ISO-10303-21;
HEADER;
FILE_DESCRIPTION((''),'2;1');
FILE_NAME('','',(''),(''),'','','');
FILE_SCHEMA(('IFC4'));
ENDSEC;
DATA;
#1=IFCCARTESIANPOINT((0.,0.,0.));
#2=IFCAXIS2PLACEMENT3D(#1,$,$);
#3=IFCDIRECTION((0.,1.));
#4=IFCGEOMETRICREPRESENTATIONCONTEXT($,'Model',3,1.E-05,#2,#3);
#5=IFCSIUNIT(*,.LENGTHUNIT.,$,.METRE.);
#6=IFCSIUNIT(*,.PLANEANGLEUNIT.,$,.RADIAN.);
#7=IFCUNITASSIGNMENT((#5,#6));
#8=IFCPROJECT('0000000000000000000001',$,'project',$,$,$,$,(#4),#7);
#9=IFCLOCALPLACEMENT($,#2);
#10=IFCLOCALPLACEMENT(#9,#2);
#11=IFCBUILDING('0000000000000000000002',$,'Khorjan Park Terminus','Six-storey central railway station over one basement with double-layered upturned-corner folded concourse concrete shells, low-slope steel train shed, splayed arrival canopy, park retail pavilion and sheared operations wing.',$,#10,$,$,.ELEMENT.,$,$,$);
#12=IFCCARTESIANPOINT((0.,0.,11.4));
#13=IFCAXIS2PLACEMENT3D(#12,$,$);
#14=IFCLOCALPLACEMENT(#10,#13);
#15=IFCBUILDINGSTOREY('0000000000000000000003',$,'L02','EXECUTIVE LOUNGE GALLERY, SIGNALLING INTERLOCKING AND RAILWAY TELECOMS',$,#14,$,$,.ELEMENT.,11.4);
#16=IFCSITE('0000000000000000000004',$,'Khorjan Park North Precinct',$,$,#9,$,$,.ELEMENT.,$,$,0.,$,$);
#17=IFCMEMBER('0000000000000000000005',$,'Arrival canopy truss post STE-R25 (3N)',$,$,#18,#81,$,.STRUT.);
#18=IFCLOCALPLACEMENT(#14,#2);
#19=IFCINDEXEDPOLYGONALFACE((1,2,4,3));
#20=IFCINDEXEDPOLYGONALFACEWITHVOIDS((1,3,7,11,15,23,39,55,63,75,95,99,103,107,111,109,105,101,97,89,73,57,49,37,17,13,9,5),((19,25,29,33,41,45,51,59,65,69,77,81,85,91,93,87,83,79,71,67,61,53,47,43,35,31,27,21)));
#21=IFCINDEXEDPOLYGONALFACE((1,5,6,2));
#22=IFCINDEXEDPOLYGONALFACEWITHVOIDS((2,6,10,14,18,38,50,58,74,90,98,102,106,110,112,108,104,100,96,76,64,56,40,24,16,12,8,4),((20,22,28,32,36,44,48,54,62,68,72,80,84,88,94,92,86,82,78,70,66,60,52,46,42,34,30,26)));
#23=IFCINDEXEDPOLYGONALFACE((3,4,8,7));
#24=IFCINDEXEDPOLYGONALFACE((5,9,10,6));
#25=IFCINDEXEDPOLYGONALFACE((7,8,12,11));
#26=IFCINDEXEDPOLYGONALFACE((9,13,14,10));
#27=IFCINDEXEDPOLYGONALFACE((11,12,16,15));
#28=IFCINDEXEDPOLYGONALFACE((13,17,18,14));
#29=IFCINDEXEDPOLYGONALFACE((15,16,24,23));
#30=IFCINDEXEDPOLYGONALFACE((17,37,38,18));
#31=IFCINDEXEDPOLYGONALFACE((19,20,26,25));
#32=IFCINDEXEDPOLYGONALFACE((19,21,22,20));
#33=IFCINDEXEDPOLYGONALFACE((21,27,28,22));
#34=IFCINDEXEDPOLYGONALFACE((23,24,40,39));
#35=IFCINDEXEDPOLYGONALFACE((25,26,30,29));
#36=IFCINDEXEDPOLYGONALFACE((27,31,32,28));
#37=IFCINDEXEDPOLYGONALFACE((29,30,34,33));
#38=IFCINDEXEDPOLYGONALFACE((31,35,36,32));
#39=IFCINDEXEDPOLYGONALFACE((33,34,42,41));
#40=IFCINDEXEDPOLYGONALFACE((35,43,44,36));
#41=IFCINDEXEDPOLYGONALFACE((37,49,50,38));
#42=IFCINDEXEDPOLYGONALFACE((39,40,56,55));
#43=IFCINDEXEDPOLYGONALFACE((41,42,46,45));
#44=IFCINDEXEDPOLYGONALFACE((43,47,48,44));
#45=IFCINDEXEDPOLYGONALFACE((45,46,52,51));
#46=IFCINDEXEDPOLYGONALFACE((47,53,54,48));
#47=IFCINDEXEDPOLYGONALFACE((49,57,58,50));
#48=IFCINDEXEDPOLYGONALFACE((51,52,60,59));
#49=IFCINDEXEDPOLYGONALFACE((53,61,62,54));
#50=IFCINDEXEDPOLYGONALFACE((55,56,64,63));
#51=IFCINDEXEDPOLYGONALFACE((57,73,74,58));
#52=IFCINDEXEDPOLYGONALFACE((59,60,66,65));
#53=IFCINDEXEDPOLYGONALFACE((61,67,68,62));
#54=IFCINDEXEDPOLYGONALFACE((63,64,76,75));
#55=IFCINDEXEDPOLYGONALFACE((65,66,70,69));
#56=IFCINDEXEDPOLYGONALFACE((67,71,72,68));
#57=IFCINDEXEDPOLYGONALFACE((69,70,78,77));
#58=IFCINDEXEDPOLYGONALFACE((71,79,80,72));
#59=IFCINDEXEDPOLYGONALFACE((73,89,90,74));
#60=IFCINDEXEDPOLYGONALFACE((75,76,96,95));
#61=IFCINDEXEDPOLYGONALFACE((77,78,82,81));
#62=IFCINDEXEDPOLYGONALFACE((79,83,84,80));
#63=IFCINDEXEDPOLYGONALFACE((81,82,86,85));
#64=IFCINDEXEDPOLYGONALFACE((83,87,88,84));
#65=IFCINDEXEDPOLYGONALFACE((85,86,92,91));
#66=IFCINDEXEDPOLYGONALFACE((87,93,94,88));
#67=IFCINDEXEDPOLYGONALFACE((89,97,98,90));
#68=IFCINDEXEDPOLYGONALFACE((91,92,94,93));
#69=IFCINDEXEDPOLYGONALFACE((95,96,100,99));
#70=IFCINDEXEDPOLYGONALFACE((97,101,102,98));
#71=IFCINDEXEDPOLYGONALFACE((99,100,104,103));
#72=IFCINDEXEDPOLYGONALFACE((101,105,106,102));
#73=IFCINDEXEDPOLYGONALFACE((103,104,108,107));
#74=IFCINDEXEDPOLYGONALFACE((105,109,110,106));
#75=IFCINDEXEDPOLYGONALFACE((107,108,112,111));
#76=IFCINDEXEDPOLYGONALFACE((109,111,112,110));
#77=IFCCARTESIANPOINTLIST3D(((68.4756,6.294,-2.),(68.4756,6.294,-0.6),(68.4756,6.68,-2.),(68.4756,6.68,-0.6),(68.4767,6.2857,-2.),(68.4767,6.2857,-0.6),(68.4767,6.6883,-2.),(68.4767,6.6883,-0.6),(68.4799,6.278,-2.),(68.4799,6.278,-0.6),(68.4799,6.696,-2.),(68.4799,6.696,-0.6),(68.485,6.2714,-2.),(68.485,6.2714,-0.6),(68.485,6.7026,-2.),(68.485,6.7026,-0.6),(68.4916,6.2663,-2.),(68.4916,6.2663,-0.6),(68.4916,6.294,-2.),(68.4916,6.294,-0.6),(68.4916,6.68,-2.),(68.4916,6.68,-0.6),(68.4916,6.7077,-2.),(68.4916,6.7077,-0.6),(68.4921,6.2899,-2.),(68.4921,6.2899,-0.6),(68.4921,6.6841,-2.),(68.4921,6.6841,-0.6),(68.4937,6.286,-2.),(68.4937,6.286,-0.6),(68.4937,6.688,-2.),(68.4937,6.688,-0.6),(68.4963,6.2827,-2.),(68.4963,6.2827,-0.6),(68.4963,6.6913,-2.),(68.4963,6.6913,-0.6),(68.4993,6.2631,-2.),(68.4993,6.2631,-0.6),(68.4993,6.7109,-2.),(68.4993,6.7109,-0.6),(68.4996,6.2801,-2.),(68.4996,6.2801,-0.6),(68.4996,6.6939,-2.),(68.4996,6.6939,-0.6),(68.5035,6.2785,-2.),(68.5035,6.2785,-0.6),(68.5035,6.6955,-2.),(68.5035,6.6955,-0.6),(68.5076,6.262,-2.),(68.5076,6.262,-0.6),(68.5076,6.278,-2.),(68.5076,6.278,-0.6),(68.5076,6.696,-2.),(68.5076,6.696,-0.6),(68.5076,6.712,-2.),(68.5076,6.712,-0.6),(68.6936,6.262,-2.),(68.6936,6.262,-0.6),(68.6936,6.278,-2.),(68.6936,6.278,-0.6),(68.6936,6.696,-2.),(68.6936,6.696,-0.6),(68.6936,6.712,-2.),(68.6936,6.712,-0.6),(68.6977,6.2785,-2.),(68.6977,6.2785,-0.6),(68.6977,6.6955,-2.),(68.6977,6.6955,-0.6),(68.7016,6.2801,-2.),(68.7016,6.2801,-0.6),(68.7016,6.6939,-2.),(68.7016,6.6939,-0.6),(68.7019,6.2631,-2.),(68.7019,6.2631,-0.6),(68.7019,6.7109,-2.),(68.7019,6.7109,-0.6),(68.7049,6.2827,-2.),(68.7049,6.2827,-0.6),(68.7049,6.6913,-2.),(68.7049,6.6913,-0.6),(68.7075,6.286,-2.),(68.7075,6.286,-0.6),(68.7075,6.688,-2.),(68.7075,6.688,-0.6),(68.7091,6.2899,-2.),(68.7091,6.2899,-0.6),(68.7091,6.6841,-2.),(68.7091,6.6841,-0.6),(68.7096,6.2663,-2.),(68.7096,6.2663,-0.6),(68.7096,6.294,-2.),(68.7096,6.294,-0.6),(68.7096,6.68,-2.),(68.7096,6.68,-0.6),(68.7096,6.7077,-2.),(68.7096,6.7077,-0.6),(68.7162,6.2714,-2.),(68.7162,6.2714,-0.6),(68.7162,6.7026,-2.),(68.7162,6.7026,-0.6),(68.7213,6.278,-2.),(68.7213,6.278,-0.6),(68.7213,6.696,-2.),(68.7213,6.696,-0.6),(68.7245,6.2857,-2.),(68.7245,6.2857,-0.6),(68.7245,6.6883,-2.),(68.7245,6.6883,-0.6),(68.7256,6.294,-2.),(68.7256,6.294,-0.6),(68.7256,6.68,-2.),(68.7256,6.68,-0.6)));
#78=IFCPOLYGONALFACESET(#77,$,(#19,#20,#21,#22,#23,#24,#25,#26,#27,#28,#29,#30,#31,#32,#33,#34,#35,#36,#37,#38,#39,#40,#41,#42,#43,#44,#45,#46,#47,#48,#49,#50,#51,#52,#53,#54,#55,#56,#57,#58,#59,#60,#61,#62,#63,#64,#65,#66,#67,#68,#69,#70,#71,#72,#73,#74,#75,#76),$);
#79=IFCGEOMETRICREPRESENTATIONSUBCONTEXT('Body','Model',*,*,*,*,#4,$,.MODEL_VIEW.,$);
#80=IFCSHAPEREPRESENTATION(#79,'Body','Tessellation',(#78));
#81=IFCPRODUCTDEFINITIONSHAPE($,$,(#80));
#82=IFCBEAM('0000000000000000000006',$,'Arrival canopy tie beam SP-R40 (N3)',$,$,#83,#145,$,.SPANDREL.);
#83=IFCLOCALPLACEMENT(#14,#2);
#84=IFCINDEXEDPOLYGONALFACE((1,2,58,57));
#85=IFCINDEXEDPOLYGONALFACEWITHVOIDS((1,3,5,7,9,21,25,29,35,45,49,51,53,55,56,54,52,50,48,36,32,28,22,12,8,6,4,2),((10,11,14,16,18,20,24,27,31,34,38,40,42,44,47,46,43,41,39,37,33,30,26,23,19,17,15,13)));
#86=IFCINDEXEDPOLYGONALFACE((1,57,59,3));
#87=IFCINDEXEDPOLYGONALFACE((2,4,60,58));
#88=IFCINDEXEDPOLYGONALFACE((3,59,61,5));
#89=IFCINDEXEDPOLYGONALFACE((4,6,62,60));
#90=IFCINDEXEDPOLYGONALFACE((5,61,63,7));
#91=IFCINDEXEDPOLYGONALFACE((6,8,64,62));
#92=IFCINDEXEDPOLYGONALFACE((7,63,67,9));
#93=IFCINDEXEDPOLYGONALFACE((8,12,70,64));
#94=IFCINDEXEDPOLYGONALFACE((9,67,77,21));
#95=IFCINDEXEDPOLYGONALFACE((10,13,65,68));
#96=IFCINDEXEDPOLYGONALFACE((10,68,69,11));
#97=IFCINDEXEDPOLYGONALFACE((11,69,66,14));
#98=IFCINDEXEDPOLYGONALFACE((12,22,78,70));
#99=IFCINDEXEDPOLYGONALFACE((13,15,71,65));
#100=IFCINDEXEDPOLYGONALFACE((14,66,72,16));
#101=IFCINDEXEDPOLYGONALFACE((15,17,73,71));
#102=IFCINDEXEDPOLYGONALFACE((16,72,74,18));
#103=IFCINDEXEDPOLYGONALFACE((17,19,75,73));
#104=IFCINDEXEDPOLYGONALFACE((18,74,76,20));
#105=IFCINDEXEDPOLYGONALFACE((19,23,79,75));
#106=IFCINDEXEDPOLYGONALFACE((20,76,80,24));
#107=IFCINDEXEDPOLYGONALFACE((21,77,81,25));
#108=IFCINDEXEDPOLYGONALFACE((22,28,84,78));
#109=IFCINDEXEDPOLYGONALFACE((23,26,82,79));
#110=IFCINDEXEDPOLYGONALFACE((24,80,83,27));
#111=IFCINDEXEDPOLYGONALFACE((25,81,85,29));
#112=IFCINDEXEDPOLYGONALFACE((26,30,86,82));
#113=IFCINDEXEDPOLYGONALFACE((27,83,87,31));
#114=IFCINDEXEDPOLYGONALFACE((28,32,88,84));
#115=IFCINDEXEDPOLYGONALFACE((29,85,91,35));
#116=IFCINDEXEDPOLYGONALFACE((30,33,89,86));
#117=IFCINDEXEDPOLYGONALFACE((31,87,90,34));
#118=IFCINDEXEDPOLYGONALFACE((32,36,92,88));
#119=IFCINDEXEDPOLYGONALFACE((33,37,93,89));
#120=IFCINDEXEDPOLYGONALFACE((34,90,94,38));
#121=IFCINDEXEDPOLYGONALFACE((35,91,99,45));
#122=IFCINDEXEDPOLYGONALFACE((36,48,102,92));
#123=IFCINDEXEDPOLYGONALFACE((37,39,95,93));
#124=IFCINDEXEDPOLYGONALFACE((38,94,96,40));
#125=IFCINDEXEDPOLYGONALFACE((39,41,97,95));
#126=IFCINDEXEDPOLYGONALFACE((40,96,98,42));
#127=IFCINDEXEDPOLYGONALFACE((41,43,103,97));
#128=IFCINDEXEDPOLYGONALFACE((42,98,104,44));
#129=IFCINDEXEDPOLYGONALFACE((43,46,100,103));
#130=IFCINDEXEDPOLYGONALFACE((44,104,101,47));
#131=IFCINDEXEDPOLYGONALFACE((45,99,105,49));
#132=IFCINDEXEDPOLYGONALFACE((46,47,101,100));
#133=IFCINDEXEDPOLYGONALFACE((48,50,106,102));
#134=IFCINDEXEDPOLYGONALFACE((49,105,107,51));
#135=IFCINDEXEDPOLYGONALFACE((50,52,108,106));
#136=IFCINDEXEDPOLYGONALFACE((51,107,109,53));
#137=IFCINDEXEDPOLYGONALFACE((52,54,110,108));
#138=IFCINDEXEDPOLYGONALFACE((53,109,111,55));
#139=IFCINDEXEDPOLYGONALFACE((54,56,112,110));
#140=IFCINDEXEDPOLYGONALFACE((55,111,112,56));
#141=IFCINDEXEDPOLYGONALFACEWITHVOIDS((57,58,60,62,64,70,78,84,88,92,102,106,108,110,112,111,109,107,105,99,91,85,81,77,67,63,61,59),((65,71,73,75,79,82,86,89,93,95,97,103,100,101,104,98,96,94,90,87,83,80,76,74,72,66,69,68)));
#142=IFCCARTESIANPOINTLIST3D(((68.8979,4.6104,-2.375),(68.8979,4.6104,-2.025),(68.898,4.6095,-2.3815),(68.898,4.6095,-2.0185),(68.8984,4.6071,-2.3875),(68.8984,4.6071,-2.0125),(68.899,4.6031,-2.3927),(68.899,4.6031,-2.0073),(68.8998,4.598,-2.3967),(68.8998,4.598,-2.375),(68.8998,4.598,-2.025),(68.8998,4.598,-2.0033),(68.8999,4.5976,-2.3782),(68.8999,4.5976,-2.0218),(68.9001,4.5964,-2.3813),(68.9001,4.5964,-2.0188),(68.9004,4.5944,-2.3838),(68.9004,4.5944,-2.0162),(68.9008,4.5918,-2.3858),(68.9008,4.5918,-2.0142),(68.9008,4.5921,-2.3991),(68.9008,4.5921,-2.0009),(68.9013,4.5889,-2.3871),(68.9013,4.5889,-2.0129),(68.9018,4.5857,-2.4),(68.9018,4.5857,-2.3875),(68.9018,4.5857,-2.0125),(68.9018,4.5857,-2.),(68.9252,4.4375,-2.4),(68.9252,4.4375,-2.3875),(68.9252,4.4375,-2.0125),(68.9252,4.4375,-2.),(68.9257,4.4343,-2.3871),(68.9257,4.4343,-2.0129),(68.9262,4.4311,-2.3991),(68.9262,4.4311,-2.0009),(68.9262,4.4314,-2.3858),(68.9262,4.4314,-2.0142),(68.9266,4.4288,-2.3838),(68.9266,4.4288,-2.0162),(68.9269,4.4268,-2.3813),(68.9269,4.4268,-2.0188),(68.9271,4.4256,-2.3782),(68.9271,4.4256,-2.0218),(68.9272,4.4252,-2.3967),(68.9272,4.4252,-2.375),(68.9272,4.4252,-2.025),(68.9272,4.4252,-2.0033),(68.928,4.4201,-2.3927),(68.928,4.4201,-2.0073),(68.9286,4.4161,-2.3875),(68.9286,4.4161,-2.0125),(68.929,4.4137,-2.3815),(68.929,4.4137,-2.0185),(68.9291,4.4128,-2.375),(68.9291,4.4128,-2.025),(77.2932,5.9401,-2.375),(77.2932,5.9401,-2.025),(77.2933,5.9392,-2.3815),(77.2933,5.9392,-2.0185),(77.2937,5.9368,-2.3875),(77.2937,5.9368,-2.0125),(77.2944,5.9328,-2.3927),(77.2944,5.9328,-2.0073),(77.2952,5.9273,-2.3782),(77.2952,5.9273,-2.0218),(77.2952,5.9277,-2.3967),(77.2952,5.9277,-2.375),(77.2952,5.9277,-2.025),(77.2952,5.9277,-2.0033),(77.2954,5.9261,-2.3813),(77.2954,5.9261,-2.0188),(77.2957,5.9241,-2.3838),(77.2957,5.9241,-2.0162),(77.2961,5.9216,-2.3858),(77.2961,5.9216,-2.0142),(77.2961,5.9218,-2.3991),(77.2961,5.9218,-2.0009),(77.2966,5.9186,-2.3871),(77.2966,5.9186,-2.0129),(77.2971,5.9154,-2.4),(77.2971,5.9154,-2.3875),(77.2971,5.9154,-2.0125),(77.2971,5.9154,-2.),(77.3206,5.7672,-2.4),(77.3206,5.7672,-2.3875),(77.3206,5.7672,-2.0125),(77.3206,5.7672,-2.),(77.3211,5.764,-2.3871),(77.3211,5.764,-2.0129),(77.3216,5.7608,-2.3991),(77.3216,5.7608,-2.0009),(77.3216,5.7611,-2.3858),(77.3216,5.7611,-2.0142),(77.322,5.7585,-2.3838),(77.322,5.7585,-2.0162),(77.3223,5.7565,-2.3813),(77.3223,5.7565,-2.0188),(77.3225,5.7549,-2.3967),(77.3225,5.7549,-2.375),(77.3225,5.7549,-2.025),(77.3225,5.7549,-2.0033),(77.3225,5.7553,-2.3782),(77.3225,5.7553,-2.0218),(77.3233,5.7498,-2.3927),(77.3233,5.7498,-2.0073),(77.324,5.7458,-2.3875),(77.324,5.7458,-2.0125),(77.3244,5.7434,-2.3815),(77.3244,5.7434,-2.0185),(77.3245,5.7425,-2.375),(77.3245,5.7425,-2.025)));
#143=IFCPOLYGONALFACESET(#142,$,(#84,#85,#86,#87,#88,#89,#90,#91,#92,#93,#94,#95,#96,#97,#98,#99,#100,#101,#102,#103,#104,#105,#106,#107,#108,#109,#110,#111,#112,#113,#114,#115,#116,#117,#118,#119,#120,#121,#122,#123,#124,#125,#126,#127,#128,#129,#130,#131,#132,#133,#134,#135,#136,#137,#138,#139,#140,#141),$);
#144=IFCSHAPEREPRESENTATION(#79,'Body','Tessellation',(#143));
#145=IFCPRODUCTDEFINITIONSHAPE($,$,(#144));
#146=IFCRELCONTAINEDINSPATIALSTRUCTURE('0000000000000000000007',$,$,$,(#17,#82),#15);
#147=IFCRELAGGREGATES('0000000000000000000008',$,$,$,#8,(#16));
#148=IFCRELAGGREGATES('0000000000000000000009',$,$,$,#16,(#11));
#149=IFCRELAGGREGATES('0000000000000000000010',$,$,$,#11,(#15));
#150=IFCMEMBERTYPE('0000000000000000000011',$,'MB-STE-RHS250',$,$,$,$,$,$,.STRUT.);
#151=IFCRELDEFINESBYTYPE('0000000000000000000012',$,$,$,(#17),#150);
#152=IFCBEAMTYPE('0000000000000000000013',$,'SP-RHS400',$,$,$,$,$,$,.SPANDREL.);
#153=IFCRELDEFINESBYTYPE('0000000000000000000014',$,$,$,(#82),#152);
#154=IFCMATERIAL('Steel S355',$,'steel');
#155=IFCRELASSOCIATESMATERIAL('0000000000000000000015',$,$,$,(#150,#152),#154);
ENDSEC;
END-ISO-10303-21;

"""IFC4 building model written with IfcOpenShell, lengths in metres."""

from ifc_helpers import new_model, si_unit, direction, frame, origin, origin_2d, place, context, subcontext, project, spatial, hollow_rectangle, extrude, material, material_profile, profile_set, type_object, element, save


model = new_model("IFC4")

# Units and contexts
model_context = context("Model", 3, precision=1e-05, world=origin(), true_north=direction((0.0, 1.0)))
body_context = subcontext(model_context, "Body", "Model", "MODEL_VIEW")
ifc_project = project(units=[si_unit("LENGTHUNIT", "METRE"), si_unit("PLANEANGLEUNIT", "RADIAN")], contexts=[model_context])

# Site, building, storey
site_placement = place(None, origin())
site = spatial("IfcSite", under=ifc_project, at=site_placement, Name="Khorjan Park North Precinct", CompositionType="ELEMENT", RefElevation=0.0)
building_placement = place(site_placement, origin())
building = spatial("IfcBuilding", under=site, at=building_placement, Name="Khorjan Park Terminus", Description="Six-storey central railway station over one basement with double-layered upturned-corner folded concourse concrete shells, low-slope steel train shed, splayed arrival canopy, park retail pavilion and sheared operations wing.", CompositionType="ELEMENT")
storey_placement = place(building_placement, frame((0.0, 0.0, 11.4)))
storey = spatial("IfcBuildingStorey", under=building, at=storey_placement, Name="L02", Description="EXECUTIVE LOUNGE GALLERY, SIGNALLING INTERLOCKING AND RAILWAY TELECOMS", CompositionType="ELEMENT", Elevation=11.4)

# Member
ifc_material_1 = material(Name="Steel S355", Category="steel")
ifc_material_profile_1 = material_profile(ifc_material_1, hollow_rectangle(XDim=0.25, YDim=0.45, WallThickness=0.016, InnerFilletRadius=0.016, OuterFilletRadius=0.032, at=origin_2d()), Name="RHS 450x250x16")
ifc_profile_set_1 = profile_set([ifc_material_profile_1], Name="Steel S355")
member_type_1 = type_object("IfcMemberType", Name="MB-STE-RHS250", PredefinedType="STRUT", material=ifc_profile_set_1)
member_1_placement = place(storey_placement, frame((68.6006, 6.487, -2.0), z_axis=(0.0, 0.0, 1.0), x_axis=(1.0, 0.0, 0.0)))
element("IfcMember", 1, at=member_1_placement, inside=storey, type_object=member_type_1, Name="Arrival canopy truss post STE-R25 (3N)", PredefinedType="STRUT", context=body_context, shape_type="SweptSolid", body=[
    extrude(hollow_rectangle(XDim=0.25, YDim=0.45, WallThickness=0.016, InnerFilletRadius=0.016, OuterFilletRadius=0.032, at=origin_2d()), origin(), (0.0, 0.0, 1.0), 1.4),
])

# Beam
ifc_material_profile_2 = material_profile(ifc_material_1, hollow_rectangle(XDim=0.2, YDim=0.4, WallThickness=0.0125, InnerFilletRadius=0.0125, OuterFilletRadius=0.025, at=origin_2d()), Name="RHS 400x200x12.5")
ifc_profile_set_2 = profile_set([ifc_material_profile_2], Name="Steel S355")
beam_type_1 = type_object("IfcBeamType", Name="SP-RHS400", PredefinedType="SPANDREL", material=ifc_profile_set_2)
beam_1_placement = place(storey_placement, frame((68.9135, 4.5116, -2.2), z_axis=(0.987688, 0.156436, 0.0), x_axis=(-0.156436, 0.987688, 0.0)))
element("IfcBeam", 2, at=beam_1_placement, inside=storey, type_object=beam_type_1, Name="Arrival canopy tie beam SP-R40 (N3)", PredefinedType="SPANDREL", context=body_context, shape_type="SweptSolid", body=[
    extrude(hollow_rectangle(XDim=0.2, YDim=0.4, WallThickness=0.0125, InnerFilletRadius=0.0125, OuterFilletRadius=0.025, at=origin_2d()), origin(), (0.0, 0.0, 1.0), 8.5),
])

save(model, "model.ifc")
